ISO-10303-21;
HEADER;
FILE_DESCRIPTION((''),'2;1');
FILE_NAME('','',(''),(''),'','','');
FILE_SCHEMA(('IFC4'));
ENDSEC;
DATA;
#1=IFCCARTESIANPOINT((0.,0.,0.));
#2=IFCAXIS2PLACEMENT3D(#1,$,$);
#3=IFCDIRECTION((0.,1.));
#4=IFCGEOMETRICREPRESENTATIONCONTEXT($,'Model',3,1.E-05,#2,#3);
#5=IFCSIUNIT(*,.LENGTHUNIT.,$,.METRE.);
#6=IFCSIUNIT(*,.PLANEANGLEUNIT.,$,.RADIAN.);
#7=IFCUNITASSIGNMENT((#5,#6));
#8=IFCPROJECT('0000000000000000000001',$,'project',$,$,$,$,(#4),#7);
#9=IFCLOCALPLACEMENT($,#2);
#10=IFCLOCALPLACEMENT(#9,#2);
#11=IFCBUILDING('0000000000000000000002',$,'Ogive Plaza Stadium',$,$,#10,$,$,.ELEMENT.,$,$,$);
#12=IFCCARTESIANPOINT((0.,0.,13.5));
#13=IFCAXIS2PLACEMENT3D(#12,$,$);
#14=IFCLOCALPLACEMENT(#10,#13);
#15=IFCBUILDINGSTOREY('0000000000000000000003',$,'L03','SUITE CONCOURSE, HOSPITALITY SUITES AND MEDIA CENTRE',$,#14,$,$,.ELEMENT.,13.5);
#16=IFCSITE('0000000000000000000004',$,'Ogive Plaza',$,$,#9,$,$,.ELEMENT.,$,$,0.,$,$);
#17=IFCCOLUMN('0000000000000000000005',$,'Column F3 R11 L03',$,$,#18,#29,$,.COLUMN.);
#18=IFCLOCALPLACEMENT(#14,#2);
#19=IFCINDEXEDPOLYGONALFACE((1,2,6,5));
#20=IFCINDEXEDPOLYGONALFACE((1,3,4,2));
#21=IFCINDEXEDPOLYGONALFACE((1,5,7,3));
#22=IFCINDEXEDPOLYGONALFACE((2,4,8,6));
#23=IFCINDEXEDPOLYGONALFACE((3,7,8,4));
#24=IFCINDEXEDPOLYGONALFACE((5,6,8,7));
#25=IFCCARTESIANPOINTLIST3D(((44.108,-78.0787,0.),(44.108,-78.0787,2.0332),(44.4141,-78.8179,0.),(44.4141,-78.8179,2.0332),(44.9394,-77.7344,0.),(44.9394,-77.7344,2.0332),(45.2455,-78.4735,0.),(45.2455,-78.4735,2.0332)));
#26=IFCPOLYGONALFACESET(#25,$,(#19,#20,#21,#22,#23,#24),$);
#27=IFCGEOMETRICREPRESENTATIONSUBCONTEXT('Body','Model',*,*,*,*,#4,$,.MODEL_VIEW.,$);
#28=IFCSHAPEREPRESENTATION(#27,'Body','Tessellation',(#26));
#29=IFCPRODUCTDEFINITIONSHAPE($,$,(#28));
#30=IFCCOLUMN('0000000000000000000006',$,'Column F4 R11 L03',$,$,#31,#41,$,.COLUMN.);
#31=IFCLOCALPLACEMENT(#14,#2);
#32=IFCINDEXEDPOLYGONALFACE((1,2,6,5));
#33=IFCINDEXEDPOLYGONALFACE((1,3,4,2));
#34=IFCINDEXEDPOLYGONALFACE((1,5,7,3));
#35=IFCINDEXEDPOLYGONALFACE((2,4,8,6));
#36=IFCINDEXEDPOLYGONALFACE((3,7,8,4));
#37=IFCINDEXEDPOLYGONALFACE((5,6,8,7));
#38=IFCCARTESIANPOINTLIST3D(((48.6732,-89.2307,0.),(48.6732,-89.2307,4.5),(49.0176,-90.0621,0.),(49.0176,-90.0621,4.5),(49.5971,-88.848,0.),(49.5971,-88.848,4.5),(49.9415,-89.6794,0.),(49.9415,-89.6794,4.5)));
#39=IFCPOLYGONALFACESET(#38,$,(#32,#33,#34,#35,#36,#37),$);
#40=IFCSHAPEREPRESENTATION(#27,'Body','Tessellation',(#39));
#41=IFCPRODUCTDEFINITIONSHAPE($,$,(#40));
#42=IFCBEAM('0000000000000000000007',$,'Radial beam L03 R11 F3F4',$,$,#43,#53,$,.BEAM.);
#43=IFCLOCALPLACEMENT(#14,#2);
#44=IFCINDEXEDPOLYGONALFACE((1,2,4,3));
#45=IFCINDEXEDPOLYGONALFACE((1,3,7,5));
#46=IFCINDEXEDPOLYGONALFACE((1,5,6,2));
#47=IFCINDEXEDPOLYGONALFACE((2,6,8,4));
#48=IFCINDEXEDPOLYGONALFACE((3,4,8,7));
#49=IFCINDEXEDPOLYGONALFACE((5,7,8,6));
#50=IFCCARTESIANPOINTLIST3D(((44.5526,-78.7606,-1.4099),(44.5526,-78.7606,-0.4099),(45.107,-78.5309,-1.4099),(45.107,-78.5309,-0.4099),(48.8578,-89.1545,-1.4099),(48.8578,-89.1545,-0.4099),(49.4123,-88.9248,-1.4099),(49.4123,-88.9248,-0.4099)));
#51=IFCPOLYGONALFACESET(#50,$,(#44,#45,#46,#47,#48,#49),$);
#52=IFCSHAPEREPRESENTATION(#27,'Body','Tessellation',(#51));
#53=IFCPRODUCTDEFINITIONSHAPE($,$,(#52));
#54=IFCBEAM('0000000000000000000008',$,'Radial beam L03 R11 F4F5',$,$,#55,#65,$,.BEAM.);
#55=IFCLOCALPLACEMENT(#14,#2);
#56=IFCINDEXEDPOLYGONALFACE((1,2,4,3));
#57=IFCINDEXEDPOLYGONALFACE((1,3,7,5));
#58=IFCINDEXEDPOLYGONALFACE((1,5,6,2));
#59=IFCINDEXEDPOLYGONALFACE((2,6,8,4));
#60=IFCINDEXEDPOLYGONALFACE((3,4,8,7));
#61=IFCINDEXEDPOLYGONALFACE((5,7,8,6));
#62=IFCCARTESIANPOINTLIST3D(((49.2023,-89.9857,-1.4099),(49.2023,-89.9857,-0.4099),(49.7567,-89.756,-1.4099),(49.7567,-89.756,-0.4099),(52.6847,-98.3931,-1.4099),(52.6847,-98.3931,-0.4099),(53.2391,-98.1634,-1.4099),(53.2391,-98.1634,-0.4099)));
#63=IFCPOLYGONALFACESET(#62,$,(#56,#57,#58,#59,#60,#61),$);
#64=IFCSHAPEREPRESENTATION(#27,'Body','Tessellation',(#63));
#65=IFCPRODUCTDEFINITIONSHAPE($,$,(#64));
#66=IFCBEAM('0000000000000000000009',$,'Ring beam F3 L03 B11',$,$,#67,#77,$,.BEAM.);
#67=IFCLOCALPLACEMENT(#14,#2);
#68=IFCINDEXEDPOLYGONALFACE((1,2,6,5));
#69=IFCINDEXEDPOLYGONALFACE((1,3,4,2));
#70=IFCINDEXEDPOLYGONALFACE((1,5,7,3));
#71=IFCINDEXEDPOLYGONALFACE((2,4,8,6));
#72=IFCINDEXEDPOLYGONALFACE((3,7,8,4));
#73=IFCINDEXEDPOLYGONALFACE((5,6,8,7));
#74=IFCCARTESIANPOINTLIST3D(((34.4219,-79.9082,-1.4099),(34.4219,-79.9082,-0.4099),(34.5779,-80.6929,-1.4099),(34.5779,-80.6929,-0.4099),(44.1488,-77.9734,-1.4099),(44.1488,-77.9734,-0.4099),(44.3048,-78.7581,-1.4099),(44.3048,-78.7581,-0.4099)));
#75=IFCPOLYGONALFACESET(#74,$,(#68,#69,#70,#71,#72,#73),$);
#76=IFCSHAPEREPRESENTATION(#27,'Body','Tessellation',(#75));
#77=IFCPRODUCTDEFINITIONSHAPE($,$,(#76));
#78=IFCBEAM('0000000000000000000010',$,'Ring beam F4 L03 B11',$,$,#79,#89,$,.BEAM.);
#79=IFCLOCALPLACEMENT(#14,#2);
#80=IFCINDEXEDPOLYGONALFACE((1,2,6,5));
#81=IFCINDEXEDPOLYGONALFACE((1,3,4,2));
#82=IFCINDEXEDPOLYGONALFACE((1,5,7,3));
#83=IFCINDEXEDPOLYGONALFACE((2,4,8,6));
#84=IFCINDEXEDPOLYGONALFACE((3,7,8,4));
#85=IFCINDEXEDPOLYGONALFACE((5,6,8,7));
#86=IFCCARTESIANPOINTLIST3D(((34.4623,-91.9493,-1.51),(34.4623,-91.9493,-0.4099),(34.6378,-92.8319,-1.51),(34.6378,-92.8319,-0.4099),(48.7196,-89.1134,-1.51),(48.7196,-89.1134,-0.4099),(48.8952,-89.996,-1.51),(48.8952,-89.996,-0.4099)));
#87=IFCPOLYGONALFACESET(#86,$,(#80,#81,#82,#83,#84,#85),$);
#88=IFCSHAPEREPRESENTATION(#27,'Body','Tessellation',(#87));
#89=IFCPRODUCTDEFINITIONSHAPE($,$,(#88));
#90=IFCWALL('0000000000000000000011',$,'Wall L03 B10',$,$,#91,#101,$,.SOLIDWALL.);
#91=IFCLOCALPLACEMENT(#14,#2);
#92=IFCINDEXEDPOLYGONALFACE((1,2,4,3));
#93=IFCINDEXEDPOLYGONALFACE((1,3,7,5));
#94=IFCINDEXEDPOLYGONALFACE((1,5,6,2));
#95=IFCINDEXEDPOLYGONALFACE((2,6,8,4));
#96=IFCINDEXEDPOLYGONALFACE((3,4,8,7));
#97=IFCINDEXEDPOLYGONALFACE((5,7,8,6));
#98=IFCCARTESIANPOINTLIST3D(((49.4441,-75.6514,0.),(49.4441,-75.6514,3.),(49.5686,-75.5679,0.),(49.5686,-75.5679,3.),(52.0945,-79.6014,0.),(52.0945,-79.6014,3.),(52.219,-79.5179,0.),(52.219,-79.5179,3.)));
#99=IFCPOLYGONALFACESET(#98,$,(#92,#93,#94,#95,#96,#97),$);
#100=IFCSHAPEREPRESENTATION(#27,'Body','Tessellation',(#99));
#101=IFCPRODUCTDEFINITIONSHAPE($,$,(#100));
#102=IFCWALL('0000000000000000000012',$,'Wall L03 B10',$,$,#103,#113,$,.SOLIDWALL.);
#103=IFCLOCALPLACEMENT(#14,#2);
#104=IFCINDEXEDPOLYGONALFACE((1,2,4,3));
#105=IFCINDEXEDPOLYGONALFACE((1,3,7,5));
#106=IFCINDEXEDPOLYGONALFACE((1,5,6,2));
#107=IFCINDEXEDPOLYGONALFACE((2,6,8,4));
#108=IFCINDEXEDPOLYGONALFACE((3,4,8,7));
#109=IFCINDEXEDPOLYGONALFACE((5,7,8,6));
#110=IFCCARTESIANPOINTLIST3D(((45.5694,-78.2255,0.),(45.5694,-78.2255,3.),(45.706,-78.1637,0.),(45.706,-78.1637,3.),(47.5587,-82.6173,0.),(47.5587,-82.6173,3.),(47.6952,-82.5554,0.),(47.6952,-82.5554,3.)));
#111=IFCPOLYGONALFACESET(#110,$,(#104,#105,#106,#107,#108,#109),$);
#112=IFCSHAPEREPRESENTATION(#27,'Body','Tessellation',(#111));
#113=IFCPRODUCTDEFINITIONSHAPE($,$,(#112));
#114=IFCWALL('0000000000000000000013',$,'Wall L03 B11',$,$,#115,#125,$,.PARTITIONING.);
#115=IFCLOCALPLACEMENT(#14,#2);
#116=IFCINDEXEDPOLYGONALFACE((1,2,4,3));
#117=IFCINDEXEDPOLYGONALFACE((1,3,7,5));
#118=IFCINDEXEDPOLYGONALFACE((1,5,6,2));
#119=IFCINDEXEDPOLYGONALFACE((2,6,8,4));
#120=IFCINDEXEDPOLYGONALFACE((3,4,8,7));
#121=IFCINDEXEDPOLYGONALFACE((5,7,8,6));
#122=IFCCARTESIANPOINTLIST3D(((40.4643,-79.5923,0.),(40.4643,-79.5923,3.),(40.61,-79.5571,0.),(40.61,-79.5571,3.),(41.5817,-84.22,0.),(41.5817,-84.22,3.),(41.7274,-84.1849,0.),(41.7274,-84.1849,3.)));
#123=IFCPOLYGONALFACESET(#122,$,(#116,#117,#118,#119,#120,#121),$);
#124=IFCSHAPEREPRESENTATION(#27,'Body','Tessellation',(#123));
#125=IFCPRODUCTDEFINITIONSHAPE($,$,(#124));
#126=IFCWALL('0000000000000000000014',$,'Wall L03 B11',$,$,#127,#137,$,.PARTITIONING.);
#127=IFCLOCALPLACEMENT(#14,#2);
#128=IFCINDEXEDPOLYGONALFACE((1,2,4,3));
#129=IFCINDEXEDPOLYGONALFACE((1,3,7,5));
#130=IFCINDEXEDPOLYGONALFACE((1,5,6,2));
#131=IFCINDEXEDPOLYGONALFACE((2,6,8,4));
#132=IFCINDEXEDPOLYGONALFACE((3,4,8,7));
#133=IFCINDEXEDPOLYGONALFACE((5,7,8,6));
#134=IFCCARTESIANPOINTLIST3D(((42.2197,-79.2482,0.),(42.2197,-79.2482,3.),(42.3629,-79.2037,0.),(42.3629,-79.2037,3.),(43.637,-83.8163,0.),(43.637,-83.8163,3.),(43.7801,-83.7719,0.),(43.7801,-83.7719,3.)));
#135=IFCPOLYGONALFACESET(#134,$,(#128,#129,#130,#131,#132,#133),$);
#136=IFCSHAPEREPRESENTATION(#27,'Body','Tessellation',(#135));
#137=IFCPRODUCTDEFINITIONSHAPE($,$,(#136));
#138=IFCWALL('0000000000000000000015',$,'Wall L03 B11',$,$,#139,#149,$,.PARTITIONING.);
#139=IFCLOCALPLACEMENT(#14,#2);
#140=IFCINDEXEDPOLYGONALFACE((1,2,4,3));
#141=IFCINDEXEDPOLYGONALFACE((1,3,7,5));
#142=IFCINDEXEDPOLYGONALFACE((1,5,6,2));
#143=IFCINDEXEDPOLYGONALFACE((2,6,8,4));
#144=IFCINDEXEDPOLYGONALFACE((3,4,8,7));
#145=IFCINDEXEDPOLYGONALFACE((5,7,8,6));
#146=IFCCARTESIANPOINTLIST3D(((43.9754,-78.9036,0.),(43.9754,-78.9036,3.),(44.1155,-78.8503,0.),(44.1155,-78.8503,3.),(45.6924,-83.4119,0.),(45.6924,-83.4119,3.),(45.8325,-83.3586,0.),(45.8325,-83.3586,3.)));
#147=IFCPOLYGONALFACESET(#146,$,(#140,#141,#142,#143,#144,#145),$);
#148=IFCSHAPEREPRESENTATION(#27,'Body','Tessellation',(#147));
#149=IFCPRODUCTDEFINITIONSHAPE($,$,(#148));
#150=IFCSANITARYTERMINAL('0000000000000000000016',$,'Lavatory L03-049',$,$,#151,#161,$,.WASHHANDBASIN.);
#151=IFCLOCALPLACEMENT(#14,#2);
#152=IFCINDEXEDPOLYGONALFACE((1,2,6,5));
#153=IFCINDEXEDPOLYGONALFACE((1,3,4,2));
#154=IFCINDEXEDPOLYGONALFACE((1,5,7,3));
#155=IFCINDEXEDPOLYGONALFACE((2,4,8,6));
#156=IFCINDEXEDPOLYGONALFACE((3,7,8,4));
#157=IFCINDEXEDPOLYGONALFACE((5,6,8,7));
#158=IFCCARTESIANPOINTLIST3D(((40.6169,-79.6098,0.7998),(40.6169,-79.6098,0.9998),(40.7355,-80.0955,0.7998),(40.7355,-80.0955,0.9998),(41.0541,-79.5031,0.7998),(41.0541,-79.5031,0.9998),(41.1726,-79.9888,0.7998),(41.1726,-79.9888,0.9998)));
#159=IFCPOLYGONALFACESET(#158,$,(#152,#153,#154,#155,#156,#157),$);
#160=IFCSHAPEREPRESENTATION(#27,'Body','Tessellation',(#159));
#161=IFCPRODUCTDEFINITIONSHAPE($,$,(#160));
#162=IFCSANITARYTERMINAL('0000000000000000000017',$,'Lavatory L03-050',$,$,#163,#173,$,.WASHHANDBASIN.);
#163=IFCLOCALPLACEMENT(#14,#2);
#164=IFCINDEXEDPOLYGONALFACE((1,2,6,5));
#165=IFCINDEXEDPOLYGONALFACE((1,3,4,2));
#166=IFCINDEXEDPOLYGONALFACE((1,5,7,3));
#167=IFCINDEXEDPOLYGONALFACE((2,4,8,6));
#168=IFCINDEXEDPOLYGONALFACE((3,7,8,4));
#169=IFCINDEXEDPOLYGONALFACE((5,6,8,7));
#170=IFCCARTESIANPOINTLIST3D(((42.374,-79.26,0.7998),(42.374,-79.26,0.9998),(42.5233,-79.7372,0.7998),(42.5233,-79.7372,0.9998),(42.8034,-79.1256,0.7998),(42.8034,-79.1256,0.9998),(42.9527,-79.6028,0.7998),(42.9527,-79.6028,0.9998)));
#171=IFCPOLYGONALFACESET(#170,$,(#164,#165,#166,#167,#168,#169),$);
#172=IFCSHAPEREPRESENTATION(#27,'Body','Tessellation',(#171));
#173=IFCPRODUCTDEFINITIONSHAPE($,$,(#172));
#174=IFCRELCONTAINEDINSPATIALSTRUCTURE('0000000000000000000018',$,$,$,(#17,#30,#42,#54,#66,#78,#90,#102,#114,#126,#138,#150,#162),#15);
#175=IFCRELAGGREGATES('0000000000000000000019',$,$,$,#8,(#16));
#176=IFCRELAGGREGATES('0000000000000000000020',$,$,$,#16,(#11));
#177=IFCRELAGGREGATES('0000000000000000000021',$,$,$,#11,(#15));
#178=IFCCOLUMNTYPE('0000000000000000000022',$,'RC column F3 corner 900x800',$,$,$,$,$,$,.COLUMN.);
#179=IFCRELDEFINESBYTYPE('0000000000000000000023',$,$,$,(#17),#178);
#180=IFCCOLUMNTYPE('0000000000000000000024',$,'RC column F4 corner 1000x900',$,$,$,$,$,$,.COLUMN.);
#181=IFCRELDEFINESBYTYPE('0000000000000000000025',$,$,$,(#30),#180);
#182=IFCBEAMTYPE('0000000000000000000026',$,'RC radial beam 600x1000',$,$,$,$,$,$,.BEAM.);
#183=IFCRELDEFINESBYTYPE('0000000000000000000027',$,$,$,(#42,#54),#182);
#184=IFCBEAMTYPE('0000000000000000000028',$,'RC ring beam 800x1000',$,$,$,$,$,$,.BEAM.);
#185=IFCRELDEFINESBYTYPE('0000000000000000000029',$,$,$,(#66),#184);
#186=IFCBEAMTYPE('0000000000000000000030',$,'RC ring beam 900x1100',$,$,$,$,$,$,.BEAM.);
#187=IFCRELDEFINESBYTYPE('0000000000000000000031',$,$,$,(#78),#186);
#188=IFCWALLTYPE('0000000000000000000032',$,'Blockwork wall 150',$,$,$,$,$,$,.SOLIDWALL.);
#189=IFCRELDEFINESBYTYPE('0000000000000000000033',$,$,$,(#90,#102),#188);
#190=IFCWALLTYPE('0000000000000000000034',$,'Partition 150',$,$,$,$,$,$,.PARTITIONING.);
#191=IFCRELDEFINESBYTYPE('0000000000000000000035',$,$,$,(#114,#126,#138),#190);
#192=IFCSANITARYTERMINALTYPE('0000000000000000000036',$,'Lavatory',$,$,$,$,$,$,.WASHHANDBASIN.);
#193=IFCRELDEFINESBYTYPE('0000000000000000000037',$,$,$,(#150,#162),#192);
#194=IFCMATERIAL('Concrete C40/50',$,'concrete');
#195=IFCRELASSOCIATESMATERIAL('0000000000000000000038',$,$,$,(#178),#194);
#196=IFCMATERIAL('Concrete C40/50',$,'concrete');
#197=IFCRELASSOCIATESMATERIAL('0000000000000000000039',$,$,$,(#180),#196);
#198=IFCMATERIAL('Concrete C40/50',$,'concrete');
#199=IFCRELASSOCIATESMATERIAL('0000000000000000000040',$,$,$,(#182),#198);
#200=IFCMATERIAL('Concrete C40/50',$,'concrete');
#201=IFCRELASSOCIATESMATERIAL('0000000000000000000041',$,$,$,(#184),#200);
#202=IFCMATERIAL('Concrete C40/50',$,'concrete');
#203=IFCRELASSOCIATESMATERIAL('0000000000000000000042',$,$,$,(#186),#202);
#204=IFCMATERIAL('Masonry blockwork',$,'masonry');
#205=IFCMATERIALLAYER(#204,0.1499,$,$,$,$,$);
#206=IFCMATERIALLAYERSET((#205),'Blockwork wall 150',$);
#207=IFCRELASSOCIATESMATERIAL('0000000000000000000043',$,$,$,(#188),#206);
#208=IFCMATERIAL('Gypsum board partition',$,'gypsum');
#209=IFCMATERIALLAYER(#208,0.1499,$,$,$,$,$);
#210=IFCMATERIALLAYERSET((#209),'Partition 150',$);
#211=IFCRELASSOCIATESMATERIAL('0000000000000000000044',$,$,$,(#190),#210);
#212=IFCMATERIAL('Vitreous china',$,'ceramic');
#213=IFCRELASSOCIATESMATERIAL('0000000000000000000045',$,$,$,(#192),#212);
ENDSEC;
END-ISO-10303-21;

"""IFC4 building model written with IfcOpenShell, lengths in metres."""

from ifc_helpers import new_model, si_unit, direction, frame, frame_2d, origin, origin_2d, place, context, subcontext, project, spatial, rectangle, extrude, material, layer, layer_set, material_profile, profile_set, type_object, element, save


model = new_model("IFC4")

# Units and contexts
model_context = context("Model", 3, precision=1e-05, world=origin(), true_north=direction((0.0, 1.0)))
body_context = subcontext(model_context, "Body", "Model", "MODEL_VIEW")
ifc_project = project(units=[si_unit("LENGTHUNIT", "METRE"), si_unit("PLANEANGLEUNIT", "RADIAN")], contexts=[model_context])

# Site, building, storey
site_placement = place(None, origin())
site = spatial("IfcSite", under=ifc_project, at=site_placement, Name="Ogive Plaza", CompositionType="ELEMENT", RefElevation=0.0)
building_placement = place(site_placement, origin())
building = spatial("IfcBuilding", under=site, at=building_placement, Name="Ogive Plaza Stadium", CompositionType="ELEMENT")
storey_placement = place(building_placement, frame((0.0, 0.0, 13.5)))
storey = spatial("IfcBuildingStorey", under=building, at=storey_placement, Name="L03", Description="SUITE CONCOURSE, HOSPITALITY SUITES AND MEDIA CENTRE", CompositionType="ELEMENT", Elevation=13.5)

# Columns
ifc_material_1 = material(Name="Concrete C40/50", Category="concrete")
ifc_material_profile_1 = material_profile(ifc_material_1, rectangle(XDim=0.8999, YDim=0.8, at=origin_2d()), Name="RC 900x800")
ifc_profile_set_1 = profile_set([ifc_material_profile_1], Name="Concrete C40/50")
column_type_1 = type_object("IfcColumnType", Name="RC column F3 corner 900x800", PredefinedType="COLUMN", material=ifc_profile_set_1)
column_1_placement = place(storey_placement, frame((44.6768, -78.2761, 0.0), z_axis=(0.0, 0.0, 1.0), x_axis=(0.92388, 0.382683, 0.0)))
element("IfcColumn", 1, at=column_1_placement, inside=storey, type_object=column_type_1, Name="Column F3 R11 L03", PredefinedType="COLUMN", context=body_context, shape_type="SweptSolid", body=[
    extrude(rectangle(XDim=0.8999, YDim=0.8, at=origin_2d()), origin(), (0.0, 0.0, 1.0), 2.0332),
])
ifc_material_2 = material(Name="Concrete C40/50", Category="concrete")
ifc_material_profile_2 = material_profile(ifc_material_2, rectangle(XDim=1.0, YDim=0.8999, at=origin_2d()), Name="RC 1000x900")
ifc_profile_set_2 = profile_set([ifc_material_profile_2], Name="Concrete C40/50")
column_type_2 = type_object("IfcColumnType", Name="RC column F4 corner 1000x900", PredefinedType="COLUMN", material=ifc_profile_set_2)
column_2_placement = place(storey_placement, frame((49.3074, -89.4551, 0.0), z_axis=(0.0, 0.0, 1.0), x_axis=(0.92388, 0.382683, 0.0)))
element("IfcColumn", 2, at=column_2_placement, inside=storey, type_object=column_type_2, Name="Column F4 R11 L03", PredefinedType="COLUMN", context=body_context, shape_type="SweptSolid", body=[
    extrude(rectangle(XDim=1.0, YDim=0.8999, at=origin_2d()), origin(), (0.0, 0.0, 1.0), 4.5),
])

# Beams
ifc_material_3 = material(Name="Concrete C40/50", Category="concrete")
ifc_material_profile_3 = material_profile(ifc_material_3, rectangle(XDim=0.6001, YDim=1.0, at=origin_2d()), Name="RC 600x1000")
ifc_profile_set_3 = profile_set([ifc_material_profile_3], Name="Concrete C40/50")
beam_type_1 = type_object("IfcBeamType", Name="RC radial beam 600x1000", PredefinedType="BEAM", material=ifc_profile_set_3)
beam_1_placement = place(storey_placement, frame((44.8298, -78.6458, -0.9099), z_axis=(0.382678, -0.923882, 0.0), x_axis=(0.923882, 0.382678, 0.0)))
element("IfcBeam", 3, at=beam_1_placement, inside=storey, type_object=beam_type_1, Name="Radial beam L03 R11 F3F4", PredefinedType="BEAM", context=body_context, shape_type="SweptSolid", body=[
    extrude(rectangle(XDim=0.6001, YDim=1.0, at=origin_2d()), origin(), (0.0, 0.0, 1.0), 11.2502),
])
beam_2_placement = place(storey_placement, frame((49.4795, -89.8708, -0.9099), z_axis=(0.382677, -0.923882, 0.0), x_axis=(0.923882, 0.382677, 0.0)))
element("IfcBeam", 4, at=beam_2_placement, inside=storey, type_object=beam_type_1, Name="Radial beam L03 R11 F4F5", PredefinedType="BEAM", context=body_context, shape_type="SweptSolid", body=[
    extrude(rectangle(XDim=0.6001, YDim=1.0, at=origin_2d()), origin(), (0.0, 0.0, 1.0), 9.1001),
])
ifc_material_4 = material(Name="Concrete C40/50", Category="concrete")
ifc_material_profile_4 = material_profile(ifc_material_4, rectangle(XDim=0.8, YDim=1.0, at=origin_2d()), Name="RC 800x1000")
ifc_profile_set_4 = profile_set([ifc_material_profile_4], Name="Concrete C40/50")
beam_type_2 = type_object("IfcBeamType", Name="RC ring beam 800x1000", PredefinedType="BEAM", material=ifc_profile_set_4)
beam_3_placement = place(storey_placement, frame((44.2268, -78.3657, -0.9099), z_axis=(-0.980785, -0.195093, 0.0), x_axis=(0.195093, -0.980785, 0.0)))
element("IfcBeam", 5, at=beam_3_placement, inside=storey, type_object=beam_type_2, Name="Ring beam F3 L03 B11", PredefinedType="BEAM", context=body_context, shape_type="SweptSolid", body=[
    extrude(rectangle(XDim=0.8, YDim=1.0, at=origin_2d()), origin(), (0.0, 0.0, 1.0), 9.9175),
])
ifc_material_5 = material(Name="Concrete C40/50", Category="concrete")
ifc_material_profile_5 = material_profile(ifc_material_5, rectangle(XDim=0.8999, YDim=1.1001, at=origin_2d()), Name="RC 900x1100")
ifc_profile_set_5 = profile_set([ifc_material_profile_5], Name="Concrete C40/50")
beam_type_3 = type_object("IfcBeamType", Name="RC ring beam 900x1100", PredefinedType="BEAM", material=ifc_profile_set_5)
beam_4_placement = place(storey_placement, frame((48.8074, -89.5547, -0.96), z_axis=(-0.980786, -0.195089, 0.0), x_axis=(0.195089, -0.980786, 0.0)))
element("IfcBeam", 6, at=beam_4_placement, inside=storey, type_object=beam_type_3, Name="Ring beam F4 L03 B11", PredefinedType="BEAM", context=body_context, shape_type="SweptSolid", body=[
    extrude(rectangle(XDim=0.8999, YDim=1.1001, at=origin_2d()), origin(), (0.0, 0.0, 1.0), 14.5366),
])

# Walls
ifc_material_6 = material(Name="Masonry blockwork", Category="masonry")
ifc_layer_1 = layer(ifc_material_6, 0.1499)
ifc_layer_set_1 = layer_set([ifc_layer_1], Name="Blockwork wall 150")
wall_type_1 = type_object("IfcWallType", Name="Blockwork wall 150", PredefinedType="SOLIDWALL", material=ifc_layer_set_1)
wall_1_placement = place(storey_placement, frame((49.5063, -75.6096, 0.0), z_axis=(0.0, 0.0, 1.0), x_axis=(0.557185, -0.830388, 0.0)))
element("IfcWall", 7, at=wall_1_placement, inside=storey, type_object=wall_type_1, Name="Wall L03 B10", PredefinedType="SOLIDWALL", context=body_context, shape_type="SweptSolid", body=[
    extrude(rectangle(XDim=4.7568, YDim=0.1499, at=frame_2d((2.3784, 0.0))), origin(), (0.0, 0.0, 1.0), 3.0),
])
wall_2_placement = place(storey_placement, frame((45.6377, -78.1946, 0.0), z_axis=(0.0, 0.0, 1.0), x_axis=(0.412593, -0.910915, 0.0)))
element("IfcWall", 8, at=wall_2_placement, inside=storey, type_object=wall_type_1, Name="Wall L03 B10", PredefinedType="SOLIDWALL", context=body_context, shape_type="SweptSolid", body=[
    extrude(rectangle(XDim=4.8213, YDim=0.1499, at=frame_2d((2.4106, 0.0))), origin(), (0.0, 0.0, 1.0), 3.0),
])
ifc_material_7 = material(Name="Gypsum board partition", Category="gypsum")
ifc_layer_2 = layer(ifc_material_7, 0.1499)
ifc_layer_set_2 = layer_set([ifc_layer_2], Name="Partition 150")
wall_type_2 = type_object("IfcWallType", Name="Partition 150", PredefinedType="PARTITIONING", material=ifc_layer_set_2)
wall_3_placement = place(storey_placement, frame((40.5371, -79.5747, 0.0), z_axis=(0.0, 0.0, 1.0), x_axis=(0.234721, -0.972063, 0.0)))
element("IfcWall", 9, at=wall_3_placement, inside=storey, type_object=wall_type_2, Name="Wall L03 B11", PredefinedType="PARTITIONING", context=body_context, shape_type="SweptSolid", body=[
    extrude(rectangle(XDim=4.7607, YDim=0.1499, at=frame_2d((2.3804, 0.0))), origin(), (0.0, 0.0, 1.0), 3.0),
])
wall_4_placement = place(storey_placement, frame((42.2913, -79.2258, 0.0), z_axis=(0.0, 0.0, 1.0), x_axis=(0.296313, -0.955091, 0.0)))
element("IfcWall", 10, at=wall_4_placement, inside=storey, type_object=wall_type_2, Name="Wall L03 B11", PredefinedType="PARTITIONING", context=body_context, shape_type="SweptSolid", body=[
    extrude(rectangle(XDim=4.783, YDim=0.1499, at=frame_2d((2.3916, 0.0))), origin(), (0.0, 0.0, 1.0), 3.0),
])
wall_5_placement = place(storey_placement, frame((44.0454, -78.877, 0.0), z_axis=(0.0, 0.0, 1.0), x_axis=(0.355922, -0.934516, 0.0)))
element("IfcWall", 11, at=wall_5_placement, inside=storey, type_object=wall_type_2, Name="Wall L03 B11", PredefinedType="PARTITIONING", context=body_context, shape_type="SweptSolid", body=[
    extrude(rectangle(XDim=4.8242, YDim=0.1499, at=frame_2d((2.4121, 0.0))), origin(), (0.0, 0.0, 1.0), 3.0),
])

# Sanitary terminals
ifc_material_8 = material(Name="Vitreous china", Category="ceramic")
sanitary_terminal_type_1 = type_object("IfcSanitaryTerminalType", Name="Lavatory", PredefinedType="WASHHANDBASIN", material=ifc_material_8)
for number, where, z_axis, x_axis, name in (
    (12, (40.8948, -79.7993, 0.7998), (0.0, 0.0, 1.0), (0.237115, -0.971482, 0.0), "Lavatory L03-049"),
    (13, (42.6633, -79.4314, 0.7998), (0.0, 0.0, 1.0), (0.298649, -0.954363, 0.0), "Lavatory L03-050"),
):
    element("IfcSanitaryTerminal", number, at=place(storey_placement, frame(where, z_axis=z_axis, x_axis=x_axis)), inside=storey, type_object=sanitary_terminal_type_1, Name=name, PredefinedType="WASHHANDBASIN", context=body_context, shape_type="SweptSolid", body=[
        extrude(rectangle(XDim=0.5, YDim=0.45, at=origin_2d()), origin(), (0.0, 0.0, 1.0), 0.2),
    ])

save(model, "model.ifc")
